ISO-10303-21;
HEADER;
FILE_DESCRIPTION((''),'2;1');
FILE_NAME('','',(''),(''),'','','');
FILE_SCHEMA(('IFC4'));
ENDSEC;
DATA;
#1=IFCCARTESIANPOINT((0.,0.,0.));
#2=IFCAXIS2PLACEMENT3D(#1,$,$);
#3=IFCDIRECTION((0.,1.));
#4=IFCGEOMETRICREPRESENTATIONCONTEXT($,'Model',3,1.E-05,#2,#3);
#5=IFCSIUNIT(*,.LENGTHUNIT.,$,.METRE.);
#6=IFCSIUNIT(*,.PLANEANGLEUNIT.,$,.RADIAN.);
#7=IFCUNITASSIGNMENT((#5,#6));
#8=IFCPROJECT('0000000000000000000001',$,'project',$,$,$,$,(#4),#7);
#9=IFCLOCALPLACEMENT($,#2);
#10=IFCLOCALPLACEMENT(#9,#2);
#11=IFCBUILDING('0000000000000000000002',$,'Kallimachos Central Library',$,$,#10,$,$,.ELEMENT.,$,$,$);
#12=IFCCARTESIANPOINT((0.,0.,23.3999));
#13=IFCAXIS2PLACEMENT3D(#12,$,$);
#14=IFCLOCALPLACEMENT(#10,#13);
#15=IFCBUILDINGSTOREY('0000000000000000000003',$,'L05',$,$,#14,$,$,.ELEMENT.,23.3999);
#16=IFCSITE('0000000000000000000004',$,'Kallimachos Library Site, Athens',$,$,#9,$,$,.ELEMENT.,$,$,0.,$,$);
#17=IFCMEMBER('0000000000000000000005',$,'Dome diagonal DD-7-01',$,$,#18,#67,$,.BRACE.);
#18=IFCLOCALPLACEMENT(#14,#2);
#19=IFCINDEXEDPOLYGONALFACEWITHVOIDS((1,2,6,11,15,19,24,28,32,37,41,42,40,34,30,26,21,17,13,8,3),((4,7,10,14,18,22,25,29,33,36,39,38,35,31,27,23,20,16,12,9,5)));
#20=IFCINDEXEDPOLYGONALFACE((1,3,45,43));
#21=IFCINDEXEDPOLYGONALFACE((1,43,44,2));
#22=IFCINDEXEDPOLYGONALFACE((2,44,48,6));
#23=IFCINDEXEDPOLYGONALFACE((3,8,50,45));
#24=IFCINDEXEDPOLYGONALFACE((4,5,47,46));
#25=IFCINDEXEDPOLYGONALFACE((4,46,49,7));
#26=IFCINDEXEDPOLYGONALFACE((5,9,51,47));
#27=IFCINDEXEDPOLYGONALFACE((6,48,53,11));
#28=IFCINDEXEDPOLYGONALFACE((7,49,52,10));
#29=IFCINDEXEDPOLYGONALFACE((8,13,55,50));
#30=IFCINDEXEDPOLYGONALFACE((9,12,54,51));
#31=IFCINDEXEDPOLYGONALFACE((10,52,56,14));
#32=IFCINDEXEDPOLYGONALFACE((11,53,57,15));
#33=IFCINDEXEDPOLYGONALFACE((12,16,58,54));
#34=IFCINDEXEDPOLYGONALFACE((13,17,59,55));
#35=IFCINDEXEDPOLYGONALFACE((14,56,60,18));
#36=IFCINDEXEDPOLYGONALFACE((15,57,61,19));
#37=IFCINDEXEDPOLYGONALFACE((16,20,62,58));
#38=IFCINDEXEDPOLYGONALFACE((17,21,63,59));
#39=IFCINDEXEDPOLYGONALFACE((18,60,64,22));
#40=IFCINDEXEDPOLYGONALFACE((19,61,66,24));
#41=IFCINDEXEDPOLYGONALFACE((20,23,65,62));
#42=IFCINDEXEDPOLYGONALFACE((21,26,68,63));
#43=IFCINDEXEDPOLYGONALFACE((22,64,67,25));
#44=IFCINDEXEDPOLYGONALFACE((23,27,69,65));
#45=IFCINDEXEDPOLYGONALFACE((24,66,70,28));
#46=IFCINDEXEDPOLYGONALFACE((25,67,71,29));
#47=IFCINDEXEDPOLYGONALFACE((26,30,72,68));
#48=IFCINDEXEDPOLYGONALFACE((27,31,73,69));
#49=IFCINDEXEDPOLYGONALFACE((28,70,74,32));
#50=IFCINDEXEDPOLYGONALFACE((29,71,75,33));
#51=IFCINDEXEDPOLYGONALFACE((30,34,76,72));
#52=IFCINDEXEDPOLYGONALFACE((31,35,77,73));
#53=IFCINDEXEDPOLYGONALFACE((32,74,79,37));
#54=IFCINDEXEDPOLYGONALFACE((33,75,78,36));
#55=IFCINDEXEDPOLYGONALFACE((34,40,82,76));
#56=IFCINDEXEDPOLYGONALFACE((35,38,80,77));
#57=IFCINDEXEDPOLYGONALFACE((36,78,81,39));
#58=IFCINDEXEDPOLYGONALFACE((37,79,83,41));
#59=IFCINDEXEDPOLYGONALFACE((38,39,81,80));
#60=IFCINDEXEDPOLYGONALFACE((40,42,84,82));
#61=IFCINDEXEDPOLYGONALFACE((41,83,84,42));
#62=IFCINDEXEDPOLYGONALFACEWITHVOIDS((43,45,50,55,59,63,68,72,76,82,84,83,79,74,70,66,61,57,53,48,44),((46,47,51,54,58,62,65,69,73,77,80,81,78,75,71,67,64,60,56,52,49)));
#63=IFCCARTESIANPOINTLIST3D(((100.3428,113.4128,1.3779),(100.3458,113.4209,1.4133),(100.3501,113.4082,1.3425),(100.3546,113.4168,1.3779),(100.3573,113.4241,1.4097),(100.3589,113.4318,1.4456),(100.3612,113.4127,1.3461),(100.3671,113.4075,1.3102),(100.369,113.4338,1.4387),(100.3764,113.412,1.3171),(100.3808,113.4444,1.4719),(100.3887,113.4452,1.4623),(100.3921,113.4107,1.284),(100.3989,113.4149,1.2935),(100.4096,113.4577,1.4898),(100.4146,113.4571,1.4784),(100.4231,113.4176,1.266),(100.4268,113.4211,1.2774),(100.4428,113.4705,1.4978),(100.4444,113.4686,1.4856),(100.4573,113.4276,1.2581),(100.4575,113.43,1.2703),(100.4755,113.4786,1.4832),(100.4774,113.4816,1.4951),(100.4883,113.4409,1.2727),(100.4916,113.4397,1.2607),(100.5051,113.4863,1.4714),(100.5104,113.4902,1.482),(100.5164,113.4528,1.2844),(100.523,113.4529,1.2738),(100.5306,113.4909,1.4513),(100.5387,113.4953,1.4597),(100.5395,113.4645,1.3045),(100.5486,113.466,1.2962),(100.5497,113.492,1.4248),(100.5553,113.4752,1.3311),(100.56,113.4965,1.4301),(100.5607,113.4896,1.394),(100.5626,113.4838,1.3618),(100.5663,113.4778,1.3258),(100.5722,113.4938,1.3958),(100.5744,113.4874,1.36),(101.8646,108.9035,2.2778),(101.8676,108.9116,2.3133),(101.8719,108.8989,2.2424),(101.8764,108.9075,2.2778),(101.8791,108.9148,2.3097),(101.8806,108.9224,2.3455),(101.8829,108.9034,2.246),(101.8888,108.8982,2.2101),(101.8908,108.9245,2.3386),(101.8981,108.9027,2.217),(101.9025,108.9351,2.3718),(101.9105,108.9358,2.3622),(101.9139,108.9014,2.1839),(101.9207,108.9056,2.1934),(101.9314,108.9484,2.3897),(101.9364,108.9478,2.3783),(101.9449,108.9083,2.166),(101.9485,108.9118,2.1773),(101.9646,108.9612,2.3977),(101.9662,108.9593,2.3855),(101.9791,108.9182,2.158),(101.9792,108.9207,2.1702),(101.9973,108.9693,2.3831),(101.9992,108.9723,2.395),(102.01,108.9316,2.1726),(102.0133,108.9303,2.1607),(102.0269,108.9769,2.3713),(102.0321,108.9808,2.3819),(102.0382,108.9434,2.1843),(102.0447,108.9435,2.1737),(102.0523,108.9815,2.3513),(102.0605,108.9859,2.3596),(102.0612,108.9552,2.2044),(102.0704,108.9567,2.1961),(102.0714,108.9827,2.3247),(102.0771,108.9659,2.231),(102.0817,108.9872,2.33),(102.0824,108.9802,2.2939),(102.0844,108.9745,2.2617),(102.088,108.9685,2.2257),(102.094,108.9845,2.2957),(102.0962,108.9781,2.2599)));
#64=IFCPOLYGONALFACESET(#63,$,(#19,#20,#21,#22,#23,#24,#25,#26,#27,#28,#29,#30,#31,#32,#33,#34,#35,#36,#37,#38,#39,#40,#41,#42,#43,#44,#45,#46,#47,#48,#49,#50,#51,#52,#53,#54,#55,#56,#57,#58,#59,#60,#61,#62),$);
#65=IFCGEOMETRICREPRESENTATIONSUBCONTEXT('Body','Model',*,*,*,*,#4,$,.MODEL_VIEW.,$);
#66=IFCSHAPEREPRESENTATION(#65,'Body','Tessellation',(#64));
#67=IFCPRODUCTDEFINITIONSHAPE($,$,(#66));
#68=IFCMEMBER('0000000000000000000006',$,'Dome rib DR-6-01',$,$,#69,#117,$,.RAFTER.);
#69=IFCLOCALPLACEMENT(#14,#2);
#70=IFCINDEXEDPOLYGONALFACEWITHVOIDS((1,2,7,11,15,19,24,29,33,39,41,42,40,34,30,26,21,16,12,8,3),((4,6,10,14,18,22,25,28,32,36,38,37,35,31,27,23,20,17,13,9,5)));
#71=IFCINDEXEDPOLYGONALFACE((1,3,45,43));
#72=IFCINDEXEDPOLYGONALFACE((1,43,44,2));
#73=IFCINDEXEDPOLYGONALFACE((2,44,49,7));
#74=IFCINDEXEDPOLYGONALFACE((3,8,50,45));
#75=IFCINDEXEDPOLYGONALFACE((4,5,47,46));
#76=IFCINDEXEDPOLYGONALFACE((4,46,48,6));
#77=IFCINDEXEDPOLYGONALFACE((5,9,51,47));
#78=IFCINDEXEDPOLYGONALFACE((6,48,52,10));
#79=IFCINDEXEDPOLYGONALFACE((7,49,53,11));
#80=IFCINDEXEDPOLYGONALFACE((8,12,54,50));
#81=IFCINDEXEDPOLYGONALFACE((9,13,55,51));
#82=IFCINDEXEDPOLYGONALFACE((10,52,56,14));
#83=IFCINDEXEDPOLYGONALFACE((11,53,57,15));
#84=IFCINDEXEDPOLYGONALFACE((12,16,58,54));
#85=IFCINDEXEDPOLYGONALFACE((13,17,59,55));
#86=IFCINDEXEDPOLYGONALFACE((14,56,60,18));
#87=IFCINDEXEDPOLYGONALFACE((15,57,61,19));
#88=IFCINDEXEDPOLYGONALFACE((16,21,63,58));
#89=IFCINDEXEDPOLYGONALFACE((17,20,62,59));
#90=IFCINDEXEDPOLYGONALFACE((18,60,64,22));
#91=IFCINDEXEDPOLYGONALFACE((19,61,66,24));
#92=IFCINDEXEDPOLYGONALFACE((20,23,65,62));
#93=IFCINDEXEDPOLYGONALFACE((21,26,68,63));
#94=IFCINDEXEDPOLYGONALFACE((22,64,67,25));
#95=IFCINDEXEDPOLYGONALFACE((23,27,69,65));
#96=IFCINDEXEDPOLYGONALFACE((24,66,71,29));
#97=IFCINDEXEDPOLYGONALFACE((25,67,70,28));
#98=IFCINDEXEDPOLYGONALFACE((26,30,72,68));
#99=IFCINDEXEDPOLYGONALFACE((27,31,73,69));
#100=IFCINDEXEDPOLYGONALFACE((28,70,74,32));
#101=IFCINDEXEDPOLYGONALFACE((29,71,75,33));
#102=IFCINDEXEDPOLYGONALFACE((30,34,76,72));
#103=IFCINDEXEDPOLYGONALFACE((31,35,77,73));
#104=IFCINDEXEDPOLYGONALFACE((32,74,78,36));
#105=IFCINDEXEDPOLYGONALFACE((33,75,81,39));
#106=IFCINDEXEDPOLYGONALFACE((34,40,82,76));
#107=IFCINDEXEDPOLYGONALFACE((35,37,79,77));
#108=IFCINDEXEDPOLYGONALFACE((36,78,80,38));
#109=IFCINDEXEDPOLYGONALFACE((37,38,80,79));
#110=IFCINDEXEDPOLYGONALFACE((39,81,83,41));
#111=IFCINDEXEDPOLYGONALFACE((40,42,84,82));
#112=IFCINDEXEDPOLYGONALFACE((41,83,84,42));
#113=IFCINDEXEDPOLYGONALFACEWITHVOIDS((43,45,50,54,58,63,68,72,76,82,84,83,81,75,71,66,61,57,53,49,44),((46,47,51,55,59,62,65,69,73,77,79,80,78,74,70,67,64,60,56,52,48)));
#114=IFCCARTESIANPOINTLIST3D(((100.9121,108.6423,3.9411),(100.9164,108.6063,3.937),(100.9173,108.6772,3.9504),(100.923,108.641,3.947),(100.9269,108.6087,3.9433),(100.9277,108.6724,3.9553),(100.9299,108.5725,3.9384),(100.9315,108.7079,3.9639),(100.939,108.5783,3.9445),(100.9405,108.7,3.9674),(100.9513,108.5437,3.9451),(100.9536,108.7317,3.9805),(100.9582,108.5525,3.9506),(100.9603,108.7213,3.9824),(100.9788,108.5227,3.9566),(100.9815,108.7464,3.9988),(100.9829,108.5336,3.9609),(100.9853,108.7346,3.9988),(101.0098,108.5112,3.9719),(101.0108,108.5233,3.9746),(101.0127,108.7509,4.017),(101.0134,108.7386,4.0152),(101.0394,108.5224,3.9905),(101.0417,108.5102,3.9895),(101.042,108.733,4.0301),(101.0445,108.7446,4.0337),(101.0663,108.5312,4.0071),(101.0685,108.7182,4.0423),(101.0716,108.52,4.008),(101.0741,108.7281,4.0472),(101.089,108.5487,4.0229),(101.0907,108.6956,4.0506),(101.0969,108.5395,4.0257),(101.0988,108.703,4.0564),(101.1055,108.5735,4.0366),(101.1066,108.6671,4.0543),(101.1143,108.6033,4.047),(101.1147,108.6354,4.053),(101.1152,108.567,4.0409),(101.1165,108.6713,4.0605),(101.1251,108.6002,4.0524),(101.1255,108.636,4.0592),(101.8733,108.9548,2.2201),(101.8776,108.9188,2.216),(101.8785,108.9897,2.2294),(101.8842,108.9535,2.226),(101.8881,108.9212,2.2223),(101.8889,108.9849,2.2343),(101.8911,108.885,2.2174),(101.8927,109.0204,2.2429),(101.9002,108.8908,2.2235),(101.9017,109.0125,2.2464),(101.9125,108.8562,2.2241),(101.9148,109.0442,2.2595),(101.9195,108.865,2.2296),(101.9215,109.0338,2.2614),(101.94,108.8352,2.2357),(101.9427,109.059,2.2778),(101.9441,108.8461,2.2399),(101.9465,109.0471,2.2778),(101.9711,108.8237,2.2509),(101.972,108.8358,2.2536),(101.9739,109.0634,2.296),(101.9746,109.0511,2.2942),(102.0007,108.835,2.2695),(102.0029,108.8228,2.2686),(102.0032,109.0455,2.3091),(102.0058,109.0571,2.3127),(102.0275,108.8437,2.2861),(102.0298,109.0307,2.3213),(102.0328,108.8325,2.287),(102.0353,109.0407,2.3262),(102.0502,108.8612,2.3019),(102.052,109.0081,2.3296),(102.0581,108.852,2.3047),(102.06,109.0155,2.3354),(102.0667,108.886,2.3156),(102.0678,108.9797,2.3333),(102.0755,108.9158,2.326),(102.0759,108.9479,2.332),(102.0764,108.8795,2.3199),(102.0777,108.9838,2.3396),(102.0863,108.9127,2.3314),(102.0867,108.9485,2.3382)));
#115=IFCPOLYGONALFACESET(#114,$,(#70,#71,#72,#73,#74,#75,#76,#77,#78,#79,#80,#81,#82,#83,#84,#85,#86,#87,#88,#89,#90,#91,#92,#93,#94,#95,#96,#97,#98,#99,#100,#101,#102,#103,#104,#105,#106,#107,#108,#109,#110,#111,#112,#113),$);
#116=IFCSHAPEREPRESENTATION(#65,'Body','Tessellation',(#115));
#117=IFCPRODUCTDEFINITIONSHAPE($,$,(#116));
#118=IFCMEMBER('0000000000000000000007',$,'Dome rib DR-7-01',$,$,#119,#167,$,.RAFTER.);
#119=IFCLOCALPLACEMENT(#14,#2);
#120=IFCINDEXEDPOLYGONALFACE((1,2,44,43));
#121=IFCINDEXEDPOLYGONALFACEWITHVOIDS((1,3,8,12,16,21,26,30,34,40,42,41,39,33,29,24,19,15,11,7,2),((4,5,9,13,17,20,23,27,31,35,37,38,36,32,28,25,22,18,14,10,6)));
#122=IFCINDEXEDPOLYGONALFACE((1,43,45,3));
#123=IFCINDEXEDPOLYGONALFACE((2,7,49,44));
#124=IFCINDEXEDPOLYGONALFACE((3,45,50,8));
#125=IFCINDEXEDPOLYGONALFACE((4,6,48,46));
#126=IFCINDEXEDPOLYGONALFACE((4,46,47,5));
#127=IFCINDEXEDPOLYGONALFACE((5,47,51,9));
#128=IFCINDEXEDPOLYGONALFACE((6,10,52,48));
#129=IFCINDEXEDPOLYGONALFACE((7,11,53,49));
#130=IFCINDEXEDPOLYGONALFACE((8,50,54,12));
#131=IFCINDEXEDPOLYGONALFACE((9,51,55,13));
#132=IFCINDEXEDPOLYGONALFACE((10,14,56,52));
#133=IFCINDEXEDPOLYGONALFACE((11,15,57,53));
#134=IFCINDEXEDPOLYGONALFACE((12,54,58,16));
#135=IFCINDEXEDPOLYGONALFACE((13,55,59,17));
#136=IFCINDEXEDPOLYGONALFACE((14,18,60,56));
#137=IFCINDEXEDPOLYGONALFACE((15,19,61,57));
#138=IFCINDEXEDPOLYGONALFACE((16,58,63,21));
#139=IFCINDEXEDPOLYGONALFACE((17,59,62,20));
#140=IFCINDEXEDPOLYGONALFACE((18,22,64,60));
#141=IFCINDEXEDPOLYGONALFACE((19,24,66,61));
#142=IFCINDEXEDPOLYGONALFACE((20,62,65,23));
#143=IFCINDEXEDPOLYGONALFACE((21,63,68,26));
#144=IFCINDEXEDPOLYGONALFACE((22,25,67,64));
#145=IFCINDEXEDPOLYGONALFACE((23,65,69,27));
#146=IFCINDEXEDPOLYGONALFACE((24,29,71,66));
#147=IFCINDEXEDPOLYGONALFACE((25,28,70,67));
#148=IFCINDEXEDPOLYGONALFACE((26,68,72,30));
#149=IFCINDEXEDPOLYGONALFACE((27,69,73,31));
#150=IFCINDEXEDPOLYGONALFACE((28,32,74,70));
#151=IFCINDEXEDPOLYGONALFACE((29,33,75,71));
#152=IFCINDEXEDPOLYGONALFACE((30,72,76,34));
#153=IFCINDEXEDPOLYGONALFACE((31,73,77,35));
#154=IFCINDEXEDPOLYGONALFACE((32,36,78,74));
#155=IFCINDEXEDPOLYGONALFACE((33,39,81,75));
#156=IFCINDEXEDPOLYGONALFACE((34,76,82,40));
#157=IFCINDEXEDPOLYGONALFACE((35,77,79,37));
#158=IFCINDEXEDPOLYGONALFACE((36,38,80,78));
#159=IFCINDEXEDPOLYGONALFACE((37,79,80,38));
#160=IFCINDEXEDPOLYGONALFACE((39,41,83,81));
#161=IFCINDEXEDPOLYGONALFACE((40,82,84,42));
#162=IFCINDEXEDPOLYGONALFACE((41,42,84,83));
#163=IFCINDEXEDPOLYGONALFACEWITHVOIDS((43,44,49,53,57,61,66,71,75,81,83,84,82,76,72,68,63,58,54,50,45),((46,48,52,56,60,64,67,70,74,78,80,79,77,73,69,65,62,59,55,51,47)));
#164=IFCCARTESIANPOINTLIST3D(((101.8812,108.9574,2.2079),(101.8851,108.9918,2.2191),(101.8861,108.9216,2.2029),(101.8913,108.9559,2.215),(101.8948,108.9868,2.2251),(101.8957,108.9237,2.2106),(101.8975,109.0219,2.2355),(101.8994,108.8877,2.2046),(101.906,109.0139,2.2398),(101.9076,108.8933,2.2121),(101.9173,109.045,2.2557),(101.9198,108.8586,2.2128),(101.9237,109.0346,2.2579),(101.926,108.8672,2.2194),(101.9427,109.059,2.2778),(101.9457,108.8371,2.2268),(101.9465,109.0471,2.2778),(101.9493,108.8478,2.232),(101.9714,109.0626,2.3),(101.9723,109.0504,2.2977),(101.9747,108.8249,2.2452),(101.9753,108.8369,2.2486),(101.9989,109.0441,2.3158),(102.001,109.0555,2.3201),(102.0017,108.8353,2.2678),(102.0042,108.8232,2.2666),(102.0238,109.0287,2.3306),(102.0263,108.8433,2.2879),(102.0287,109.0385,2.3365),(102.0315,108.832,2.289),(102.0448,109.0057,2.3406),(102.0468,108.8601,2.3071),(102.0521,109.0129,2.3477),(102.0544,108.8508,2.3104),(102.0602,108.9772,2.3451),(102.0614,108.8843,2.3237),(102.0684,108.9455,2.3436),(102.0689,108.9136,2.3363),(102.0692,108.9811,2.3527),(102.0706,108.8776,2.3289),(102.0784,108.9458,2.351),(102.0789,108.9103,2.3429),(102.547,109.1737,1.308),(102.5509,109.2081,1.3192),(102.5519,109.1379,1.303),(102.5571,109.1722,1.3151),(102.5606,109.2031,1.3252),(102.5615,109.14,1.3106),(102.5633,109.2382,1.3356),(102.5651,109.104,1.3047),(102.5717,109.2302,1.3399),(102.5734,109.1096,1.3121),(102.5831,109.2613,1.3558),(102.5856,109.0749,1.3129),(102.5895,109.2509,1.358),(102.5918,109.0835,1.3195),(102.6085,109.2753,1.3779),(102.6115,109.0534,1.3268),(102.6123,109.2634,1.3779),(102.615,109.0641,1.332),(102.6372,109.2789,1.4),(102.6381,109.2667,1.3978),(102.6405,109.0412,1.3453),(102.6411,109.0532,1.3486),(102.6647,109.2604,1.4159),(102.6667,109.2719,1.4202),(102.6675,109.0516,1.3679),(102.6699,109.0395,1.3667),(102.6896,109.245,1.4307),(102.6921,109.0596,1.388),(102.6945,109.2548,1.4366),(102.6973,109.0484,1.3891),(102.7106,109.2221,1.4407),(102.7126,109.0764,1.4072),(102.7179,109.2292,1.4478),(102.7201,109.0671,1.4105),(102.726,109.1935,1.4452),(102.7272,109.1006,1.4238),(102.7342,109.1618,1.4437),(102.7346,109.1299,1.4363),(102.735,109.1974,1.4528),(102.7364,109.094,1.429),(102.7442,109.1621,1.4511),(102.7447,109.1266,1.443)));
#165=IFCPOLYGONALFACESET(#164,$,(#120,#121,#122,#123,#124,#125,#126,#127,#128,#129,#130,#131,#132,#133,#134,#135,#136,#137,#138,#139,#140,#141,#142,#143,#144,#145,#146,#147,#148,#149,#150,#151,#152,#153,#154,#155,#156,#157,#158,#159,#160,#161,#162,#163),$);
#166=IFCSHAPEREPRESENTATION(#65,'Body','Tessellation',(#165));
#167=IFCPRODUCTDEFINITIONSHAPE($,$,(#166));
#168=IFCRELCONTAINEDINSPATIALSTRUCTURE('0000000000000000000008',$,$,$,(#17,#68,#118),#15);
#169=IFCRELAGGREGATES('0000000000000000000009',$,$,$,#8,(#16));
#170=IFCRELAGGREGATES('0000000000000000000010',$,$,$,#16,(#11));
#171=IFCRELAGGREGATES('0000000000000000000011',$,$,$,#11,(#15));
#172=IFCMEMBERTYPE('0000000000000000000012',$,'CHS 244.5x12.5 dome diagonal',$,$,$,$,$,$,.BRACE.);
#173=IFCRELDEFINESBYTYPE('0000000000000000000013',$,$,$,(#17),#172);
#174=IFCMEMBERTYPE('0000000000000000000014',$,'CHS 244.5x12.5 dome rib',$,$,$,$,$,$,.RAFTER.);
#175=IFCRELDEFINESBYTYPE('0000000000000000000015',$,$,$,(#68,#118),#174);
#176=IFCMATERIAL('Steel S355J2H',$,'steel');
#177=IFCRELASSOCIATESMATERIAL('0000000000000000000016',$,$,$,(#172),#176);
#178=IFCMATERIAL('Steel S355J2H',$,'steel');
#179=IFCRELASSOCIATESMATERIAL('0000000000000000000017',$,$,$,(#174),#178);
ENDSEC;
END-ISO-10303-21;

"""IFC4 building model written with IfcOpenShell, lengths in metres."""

from ifc_helpers import new_model, si_unit, direction, frame, origin, origin_2d, place, context, subcontext, project, spatial, hollow_circle, extrude, material, material_profile, profile_set, type_object, element, save


model = new_model("IFC4")

# Units and contexts
model_context = context("Model", 3, precision=1e-05, world=origin(), true_north=direction((0.0, 1.0)))
body_context = subcontext(model_context, "Body", "Model", "MODEL_VIEW")
ifc_project = project(units=[si_unit("LENGTHUNIT", "METRE"), si_unit("PLANEANGLEUNIT", "RADIAN")], contexts=[model_context])

# Site, building, storey
site_placement = place(None, origin())
site = spatial("IfcSite", under=ifc_project, at=site_placement, Name="Kallimachos Library Site, Athens", CompositionType="ELEMENT", RefElevation=0.0)
building_placement = place(site_placement, origin())
building = spatial("IfcBuilding", under=site, at=building_placement, Name="Kallimachos Central Library", CompositionType="ELEMENT")
storey_placement = place(building_placement, frame((0.0, 0.0, 23.3999)))
storey = spatial("IfcBuildingStorey", under=building, at=storey_placement, Name="L05", CompositionType="ELEMENT", Elevation=23.3999)

# Members
ifc_material_1 = material(Name="Steel S355J2H", Category="steel")
ifc_material_profile_1 = material_profile(ifc_material_1, hollow_circle(Radius=0.1223, WallThickness=0.0125, at=origin_2d()), Name="CHS 244.5x12.5")
ifc_profile_set_1 = profile_set([ifc_material_profile_1], Name="Steel S355J2H")
member_type_1 = type_object("IfcMemberType", Name="CHS 244.5x12.5 dome diagonal", PredefinedType="BRACE", material=ifc_profile_set_1)
member_1_placement = place(storey_placement, frame((101.9805, 108.9426, 2.2778), z_axis=(-0.314182, 0.931004, -0.185798), x_axis=(-0.947502, -0.31975, 0.0)))
element("IfcMember", 1, at=member_1_placement, inside=storey, type_object=member_type_1, Name="Dome diagonal DD-7-01", PredefinedType="BRACE", context=body_context, shape_type="SweptSolid", body=[
    extrude(hollow_circle(Radius=0.1223, WallThickness=0.0125, at=origin_2d()), origin(), (0.0, 0.0, 1.0), 4.8435),
])
ifc_material_2 = material(Name="Steel S355J2H", Category="steel")
ifc_material_profile_2 = material_profile(ifc_material_2, hollow_circle(Radius=0.1223, WallThickness=0.0125, at=origin_2d()), Name="CHS 244.5x12.5")
ifc_profile_set_2 = profile_set([ifc_material_profile_2], Name="Steel S355J2H")
member_type_2 = type_object("IfcMemberType", Name="CHS 244.5x12.5 dome rib", PredefinedType="RAFTER", material=ifc_profile_set_2)
member_2_placement = place(storey_placement, frame((101.0193, 108.6301, 3.9988), z_axis=(0.481604, 0.156579, -0.862288), x_axis=(-0.30919, 0.951, 0.0)))
element("IfcMember", 2, at=member_2_placement, inside=storey, type_object=member_type_2, Name="Dome rib DR-6-01", PredefinedType="RAFTER", context=body_context, shape_type="SweptSolid", body=[
    extrude(hollow_circle(Radius=0.1223, WallThickness=0.0125, at=origin_2d()), origin(), (0.0, 0.0, 1.0), 1.9958),
])
member_3_placement = place(storey_placement, frame((101.9805, 108.9426, 2.2778), z_axis=(0.58395, 0.189725, -0.789307), x_axis=(-0.308999, 0.951062, 0.0)))
element("IfcMember", 3, at=member_3_placement, inside=storey, type_object=member_type_2, Name="Dome rib DR-7-01", PredefinedType="RAFTER", context=body_context, shape_type="SweptSolid", body=[
    extrude(hollow_circle(Radius=0.1223, WallThickness=0.0125, at=origin_2d()), origin(), (0.0, 0.0, 1.0), 1.1401),
])

save(model, "model.ifc")
